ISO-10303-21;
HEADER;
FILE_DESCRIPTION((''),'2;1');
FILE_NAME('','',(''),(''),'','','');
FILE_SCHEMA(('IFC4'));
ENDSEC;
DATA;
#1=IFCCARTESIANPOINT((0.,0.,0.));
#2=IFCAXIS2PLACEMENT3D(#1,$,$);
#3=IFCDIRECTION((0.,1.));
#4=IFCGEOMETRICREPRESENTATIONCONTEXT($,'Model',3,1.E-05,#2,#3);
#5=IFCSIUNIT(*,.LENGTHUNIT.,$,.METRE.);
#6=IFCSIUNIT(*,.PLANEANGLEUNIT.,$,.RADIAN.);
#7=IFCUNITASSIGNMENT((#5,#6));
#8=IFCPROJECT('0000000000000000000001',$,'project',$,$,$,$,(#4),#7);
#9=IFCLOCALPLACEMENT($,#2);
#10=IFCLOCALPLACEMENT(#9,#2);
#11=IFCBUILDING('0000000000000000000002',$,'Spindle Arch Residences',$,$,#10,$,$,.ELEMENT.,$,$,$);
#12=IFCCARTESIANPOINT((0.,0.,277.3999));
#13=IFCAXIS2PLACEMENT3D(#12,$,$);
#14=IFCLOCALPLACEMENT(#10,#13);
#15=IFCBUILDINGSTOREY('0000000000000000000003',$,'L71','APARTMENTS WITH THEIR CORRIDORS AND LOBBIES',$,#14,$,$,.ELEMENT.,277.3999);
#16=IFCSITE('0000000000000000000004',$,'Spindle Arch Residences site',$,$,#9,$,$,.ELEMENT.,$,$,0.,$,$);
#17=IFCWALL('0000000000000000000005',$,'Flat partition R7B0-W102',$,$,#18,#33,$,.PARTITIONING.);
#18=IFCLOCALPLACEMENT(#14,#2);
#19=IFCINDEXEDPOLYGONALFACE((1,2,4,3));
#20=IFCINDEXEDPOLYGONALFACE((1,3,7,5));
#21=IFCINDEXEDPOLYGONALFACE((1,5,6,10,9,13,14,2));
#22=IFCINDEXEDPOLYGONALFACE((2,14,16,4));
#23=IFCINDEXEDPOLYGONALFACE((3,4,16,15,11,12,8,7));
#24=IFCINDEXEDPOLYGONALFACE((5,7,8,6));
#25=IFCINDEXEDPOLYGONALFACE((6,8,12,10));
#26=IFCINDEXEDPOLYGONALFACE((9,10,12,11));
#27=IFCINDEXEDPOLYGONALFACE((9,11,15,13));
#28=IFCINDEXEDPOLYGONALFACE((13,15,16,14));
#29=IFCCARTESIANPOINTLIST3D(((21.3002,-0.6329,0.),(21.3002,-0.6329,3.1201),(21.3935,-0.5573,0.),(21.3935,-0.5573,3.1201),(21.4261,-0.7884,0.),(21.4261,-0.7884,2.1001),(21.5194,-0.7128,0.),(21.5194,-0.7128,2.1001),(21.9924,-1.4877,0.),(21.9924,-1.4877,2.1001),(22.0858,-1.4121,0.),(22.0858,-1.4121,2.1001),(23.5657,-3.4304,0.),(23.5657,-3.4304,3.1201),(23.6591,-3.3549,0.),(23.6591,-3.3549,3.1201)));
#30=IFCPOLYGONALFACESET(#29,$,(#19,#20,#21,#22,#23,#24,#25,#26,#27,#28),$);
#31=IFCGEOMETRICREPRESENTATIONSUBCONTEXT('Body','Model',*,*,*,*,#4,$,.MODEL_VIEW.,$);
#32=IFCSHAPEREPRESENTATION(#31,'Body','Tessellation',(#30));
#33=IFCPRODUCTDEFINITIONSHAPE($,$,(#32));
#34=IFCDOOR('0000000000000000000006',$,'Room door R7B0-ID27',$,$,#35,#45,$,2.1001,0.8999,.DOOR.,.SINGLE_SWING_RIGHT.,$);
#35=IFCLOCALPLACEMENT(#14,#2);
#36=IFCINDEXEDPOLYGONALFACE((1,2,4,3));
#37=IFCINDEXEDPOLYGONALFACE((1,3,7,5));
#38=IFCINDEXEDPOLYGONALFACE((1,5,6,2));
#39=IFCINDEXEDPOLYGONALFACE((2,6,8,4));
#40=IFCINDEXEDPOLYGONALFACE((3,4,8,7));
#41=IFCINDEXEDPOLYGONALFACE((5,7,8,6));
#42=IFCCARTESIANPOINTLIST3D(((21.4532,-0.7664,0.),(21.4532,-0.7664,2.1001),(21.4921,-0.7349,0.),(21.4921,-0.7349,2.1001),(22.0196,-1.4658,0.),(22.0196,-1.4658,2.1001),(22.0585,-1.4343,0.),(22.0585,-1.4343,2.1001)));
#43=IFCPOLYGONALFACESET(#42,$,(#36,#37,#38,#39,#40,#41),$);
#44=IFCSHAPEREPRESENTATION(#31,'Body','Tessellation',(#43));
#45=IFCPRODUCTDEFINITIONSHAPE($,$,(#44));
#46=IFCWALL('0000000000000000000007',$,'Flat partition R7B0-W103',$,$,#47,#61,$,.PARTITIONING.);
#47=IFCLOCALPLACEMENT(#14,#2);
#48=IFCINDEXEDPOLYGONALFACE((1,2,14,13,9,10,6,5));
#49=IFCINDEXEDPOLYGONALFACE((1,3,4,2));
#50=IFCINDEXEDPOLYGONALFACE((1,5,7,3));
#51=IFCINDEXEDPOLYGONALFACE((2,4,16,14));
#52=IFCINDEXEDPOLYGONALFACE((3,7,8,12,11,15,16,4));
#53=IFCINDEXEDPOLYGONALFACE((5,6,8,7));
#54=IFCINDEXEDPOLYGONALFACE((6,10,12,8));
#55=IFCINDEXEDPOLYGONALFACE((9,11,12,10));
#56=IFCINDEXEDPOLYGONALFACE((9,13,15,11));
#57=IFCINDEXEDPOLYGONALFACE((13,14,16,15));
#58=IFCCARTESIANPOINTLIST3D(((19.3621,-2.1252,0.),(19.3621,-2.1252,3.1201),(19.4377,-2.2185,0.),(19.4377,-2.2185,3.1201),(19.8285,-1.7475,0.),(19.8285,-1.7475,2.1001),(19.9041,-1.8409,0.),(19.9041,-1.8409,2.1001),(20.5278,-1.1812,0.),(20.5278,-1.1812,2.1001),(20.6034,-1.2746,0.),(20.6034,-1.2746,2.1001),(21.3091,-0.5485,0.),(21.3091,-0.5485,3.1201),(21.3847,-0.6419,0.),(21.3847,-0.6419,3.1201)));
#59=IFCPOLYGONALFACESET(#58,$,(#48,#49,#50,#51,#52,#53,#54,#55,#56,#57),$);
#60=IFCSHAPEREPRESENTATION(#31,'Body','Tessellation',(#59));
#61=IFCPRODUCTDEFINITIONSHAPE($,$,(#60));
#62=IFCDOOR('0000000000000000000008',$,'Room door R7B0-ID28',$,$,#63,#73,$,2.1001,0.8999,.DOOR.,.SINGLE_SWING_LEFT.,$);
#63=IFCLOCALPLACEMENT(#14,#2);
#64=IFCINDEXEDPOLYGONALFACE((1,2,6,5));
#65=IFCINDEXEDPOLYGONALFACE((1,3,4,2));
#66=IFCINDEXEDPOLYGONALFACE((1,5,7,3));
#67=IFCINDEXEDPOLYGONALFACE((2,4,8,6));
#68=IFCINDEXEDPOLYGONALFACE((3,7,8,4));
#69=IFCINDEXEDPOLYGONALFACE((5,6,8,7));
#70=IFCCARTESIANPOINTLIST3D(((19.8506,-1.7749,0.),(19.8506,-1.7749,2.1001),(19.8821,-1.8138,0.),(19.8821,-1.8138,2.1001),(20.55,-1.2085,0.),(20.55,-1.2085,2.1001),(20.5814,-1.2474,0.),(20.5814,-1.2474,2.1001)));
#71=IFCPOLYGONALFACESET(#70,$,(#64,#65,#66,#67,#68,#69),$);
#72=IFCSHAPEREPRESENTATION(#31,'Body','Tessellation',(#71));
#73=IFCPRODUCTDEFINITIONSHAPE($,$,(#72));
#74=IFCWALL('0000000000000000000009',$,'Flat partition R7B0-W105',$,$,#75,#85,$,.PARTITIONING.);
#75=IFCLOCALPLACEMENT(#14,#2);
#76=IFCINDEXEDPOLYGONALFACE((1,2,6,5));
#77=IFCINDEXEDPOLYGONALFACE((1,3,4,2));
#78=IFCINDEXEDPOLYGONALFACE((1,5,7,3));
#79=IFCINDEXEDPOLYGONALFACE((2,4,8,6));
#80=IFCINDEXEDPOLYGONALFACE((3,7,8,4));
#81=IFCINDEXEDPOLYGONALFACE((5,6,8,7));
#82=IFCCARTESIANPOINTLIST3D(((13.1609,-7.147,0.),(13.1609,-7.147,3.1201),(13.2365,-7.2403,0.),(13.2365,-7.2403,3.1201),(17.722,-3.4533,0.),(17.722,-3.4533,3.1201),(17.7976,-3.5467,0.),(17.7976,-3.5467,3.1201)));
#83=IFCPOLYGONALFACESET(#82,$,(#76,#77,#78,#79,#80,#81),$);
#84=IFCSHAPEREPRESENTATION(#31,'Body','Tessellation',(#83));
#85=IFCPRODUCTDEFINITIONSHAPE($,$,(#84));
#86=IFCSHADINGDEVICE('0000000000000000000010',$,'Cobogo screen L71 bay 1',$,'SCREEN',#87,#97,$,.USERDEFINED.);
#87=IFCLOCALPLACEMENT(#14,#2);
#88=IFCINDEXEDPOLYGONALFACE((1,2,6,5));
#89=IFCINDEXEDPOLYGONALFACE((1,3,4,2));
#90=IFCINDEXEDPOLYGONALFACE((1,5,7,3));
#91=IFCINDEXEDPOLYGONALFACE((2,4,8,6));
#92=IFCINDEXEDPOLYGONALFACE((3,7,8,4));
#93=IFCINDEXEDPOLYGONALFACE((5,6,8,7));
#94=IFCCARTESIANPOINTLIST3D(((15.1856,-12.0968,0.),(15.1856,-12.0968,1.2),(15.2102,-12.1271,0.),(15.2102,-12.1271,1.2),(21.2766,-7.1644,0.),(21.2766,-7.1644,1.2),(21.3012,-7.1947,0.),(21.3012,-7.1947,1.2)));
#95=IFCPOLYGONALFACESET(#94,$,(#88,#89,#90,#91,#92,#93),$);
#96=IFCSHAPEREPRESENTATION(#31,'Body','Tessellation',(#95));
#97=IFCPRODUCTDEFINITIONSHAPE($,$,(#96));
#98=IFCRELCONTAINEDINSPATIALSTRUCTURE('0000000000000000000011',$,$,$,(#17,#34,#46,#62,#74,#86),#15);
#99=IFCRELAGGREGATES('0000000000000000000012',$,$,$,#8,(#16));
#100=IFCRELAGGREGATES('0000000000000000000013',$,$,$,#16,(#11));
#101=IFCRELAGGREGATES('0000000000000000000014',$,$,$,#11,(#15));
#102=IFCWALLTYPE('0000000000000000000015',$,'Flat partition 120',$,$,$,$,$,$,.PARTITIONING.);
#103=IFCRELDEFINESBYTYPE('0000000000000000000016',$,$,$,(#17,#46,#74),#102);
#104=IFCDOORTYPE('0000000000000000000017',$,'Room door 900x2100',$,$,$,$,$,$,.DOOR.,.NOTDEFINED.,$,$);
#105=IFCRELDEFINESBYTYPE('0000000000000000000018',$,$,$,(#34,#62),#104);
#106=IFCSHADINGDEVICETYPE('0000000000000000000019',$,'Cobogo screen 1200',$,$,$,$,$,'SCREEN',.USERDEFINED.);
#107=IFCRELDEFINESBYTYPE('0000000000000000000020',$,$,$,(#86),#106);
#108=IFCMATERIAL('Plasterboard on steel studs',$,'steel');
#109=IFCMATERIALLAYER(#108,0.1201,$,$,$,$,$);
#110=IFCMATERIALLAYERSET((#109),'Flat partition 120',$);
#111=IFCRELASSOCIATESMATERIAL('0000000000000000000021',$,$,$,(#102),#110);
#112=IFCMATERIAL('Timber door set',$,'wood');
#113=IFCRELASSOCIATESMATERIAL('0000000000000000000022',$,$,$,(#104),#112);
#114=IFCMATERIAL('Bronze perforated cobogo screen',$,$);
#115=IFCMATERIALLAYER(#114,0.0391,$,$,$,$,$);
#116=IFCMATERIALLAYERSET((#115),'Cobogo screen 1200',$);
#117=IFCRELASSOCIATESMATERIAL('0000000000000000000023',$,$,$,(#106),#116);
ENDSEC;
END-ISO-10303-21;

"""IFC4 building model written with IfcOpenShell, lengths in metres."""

from ifc_helpers import new_model, si_unit, direction, frame, frame_2d, origin, origin_2d, place, context, subcontext, project, spatial, rectangle, extrude, material, layer, layer_set, type_object, element, fill, save


model = new_model("IFC4")

# Units and contexts
model_context = context("Model", 3, precision=1e-05, world=origin(), true_north=direction((0.0, 1.0)))
body_context = subcontext(model_context, "Body", "Model", "MODEL_VIEW")
ifc_project = project(units=[si_unit("LENGTHUNIT", "METRE"), si_unit("PLANEANGLEUNIT", "RADIAN")], contexts=[model_context])

# Site, building, storey
site_placement = place(None, origin())
site = spatial("IfcSite", under=ifc_project, at=site_placement, Name="Spindle Arch Residences site", CompositionType="ELEMENT", RefElevation=0.0)
building_placement = place(site_placement, origin())
building = spatial("IfcBuilding", under=site, at=building_placement, Name="Spindle Arch Residences", CompositionType="ELEMENT")
storey_placement = place(building_placement, frame((0.0, 0.0, 277.3999)))
storey = spatial("IfcBuildingStorey", under=building, at=storey_placement, Name="L71", Description="APARTMENTS WITH THEIR CORRIDORS AND LOBBIES", CompositionType="ELEMENT", Elevation=277.3999)

# Walls, openings, doors
ifc_material_1 = material(Name="Plasterboard on steel studs", Category="steel")
ifc_layer_1 = layer(ifc_material_1, 0.1201)
ifc_layer_set_1 = layer_set([ifc_layer_1], Name="Flat partition 120")
wall_type_1 = type_object("IfcWallType", Name="Flat partition 120", PredefinedType="PARTITIONING", material=ifc_layer_set_1)
wall_1_placement = place(storey_placement, frame((21.3469, -0.5952, 0.0), z_axis=(0.0, 0.0, 1.0), x_axis=(0.629348, -0.777123, 0.0)))
wall_1 = element("IfcWall", 1, at=wall_1_placement, inside=storey, type_object=wall_type_1, Name="Flat partition R7B0-W102", PredefinedType="PARTITIONING", context=body_context, shape_type="SweptSolid", body=[
    extrude(rectangle(XDim=3.5999, YDim=0.1201, at=frame_2d((1.7998, 0.0))), origin(), (0.0, 0.0, 1.0), 3.1201),
])
opening_1_placement = place(wall_1_placement, frame((0.2, 0.0, 0.0)))
opening_1 = element("IfcOpeningElement", 2, at=opening_1_placement, cuts=wall_1, PredefinedType="OPENING", context=body_context, shape_type="SweptSolid", body=[
    extrude(rectangle(XDim=0.8999, YDim=2.1001, at=frame_2d((0.45, 1.05))), frame((0.0, 0.0701, 0.0), z_axis=(0.0, -1.0, 0.0), x_axis=(1.0, 0.0, 0.0)), (0.0, 0.0, 1.0), 0.1401),
])
ifc_material_2 = material(Name="Timber door set", Category="wood")
door_type_1 = type_object("IfcDoorType", Name="Room door 900x2100", OperationType="NOTDEFINED", PredefinedType="DOOR", material=ifc_material_2)
door_1_placement = place(opening_1_placement, origin())
door_1 = element("IfcDoor", 3, at=door_1_placement, inside=storey, type_object=door_type_1, Name="Room door R7B0-ID27", OperationType="SINGLE_SWING_RIGHT", OverallHeight=2.1001, OverallWidth=0.8999, PredefinedType="DOOR", context=body_context, shape_type="SweptSolid", body=[
    extrude(rectangle(XDim=0.8999, YDim=2.1001, at=frame_2d((0.45, 1.05))), frame((0.0, 0.0249, 0.0), z_axis=(0.0, -1.0, 0.0), x_axis=(1.0, 0.0, 0.0)), (0.0, 0.0, 1.0), 0.05),
])
fill(opening_1, door_1)
wall_2_placement = place(storey_placement, frame((19.3999, -2.1719, 0.0), z_axis=(0.0, 0.0, 1.0), x_axis=(0.777147, 0.629319, 0.0)))
wall_2 = element("IfcWall", 4, at=wall_2_placement, inside=storey, type_object=wall_type_1, Name="Flat partition R7B0-W103", PredefinedType="PARTITIONING", context=body_context, shape_type="SweptSolid", body=[
    extrude(rectangle(XDim=2.5054, YDim=0.1201, at=frame_2d((1.2527, 0.0))), origin(), (0.0, 0.0, 1.0), 3.1201),
])
opening_2_placement = place(wall_2_placement, frame((0.6001, 0.0, 0.0)))
opening_2 = element("IfcOpeningElement", 5, at=opening_2_placement, cuts=wall_2, PredefinedType="OPENING", context=body_context, shape_type="SweptSolid", body=[
    extrude(rectangle(XDim=0.8999, YDim=2.1001, at=frame_2d((0.45, 1.05))), frame((0.0, 0.0701, 0.0), z_axis=(0.0, -1.0, 0.0), x_axis=(1.0, 0.0, 0.0)), (0.0, 0.0, 1.0), 0.1401),
])
door_2_placement = place(opening_2_placement, origin())
door_2 = element("IfcDoor", 6, at=door_2_placement, inside=storey, type_object=door_type_1, Name="Room door R7B0-ID28", OperationType="SINGLE_SWING_LEFT", OverallHeight=2.1001, OverallWidth=0.8999, PredefinedType="DOOR", context=body_context, shape_type="SweptSolid", body=[
    extrude(rectangle(XDim=0.8999, YDim=2.1001, at=frame_2d((0.45, 1.05))), frame((0.0, 0.0249, 0.0), z_axis=(0.0, -1.0, 0.0), x_axis=(1.0, 0.0, 0.0)), (0.0, 0.0, 1.0), 0.05),
])
fill(opening_2, door_2)

# Wall
wall_3_placement = place(storey_placement, frame((17.7598, -3.5, 0.0), z_axis=(0.0, 0.0, 1.0), x_axis=(-0.777133, -0.629336, 0.0)))
element("IfcWall", 7, at=wall_3_placement, inside=storey, type_object=wall_type_1, Name="Flat partition R7B0-W105", PredefinedType="PARTITIONING", context=body_context, shape_type="SweptSolid", body=[
    extrude(rectangle(XDim=5.8691, YDim=0.1201, at=frame_2d((2.9346, 0.0))), origin(), (0.0, 0.0, 1.0), 3.1201),
])

# Shading device
ifc_material_3 = material(Name="Bronze perforated cobogo screen")
ifc_layer_2 = layer(ifc_material_3, 0.0391)
ifc_layer_set_2 = layer_set([ifc_layer_2], Name="Cobogo screen 1200")
shading_device_type = type_object("IfcShadingDeviceType", Name="Cobogo screen 1200", ElementType="SCREEN", PredefinedType="USERDEFINED", material=ifc_layer_set_2)
shading_device_placement = place(storey_placement, frame((18.2434, -9.6458, 0.0), z_axis=(0.0, 0.0, 1.0), x_axis=(0.777146, 0.62932, 0.0)))
element("IfcShadingDevice", 8, at=shading_device_placement, inside=storey, type_object=shading_device_type, Name="Cobogo screen L71 bay 1", ObjectType="SCREEN", PredefinedType="USERDEFINED", context=body_context, shape_type="SweptSolid", body=[
    extrude(rectangle(XDim=7.8376, YDim=0.0391, at=origin_2d()), origin(), (0.0, 0.0, 1.0), 1.2),
])

save(model, "model.ifc")
